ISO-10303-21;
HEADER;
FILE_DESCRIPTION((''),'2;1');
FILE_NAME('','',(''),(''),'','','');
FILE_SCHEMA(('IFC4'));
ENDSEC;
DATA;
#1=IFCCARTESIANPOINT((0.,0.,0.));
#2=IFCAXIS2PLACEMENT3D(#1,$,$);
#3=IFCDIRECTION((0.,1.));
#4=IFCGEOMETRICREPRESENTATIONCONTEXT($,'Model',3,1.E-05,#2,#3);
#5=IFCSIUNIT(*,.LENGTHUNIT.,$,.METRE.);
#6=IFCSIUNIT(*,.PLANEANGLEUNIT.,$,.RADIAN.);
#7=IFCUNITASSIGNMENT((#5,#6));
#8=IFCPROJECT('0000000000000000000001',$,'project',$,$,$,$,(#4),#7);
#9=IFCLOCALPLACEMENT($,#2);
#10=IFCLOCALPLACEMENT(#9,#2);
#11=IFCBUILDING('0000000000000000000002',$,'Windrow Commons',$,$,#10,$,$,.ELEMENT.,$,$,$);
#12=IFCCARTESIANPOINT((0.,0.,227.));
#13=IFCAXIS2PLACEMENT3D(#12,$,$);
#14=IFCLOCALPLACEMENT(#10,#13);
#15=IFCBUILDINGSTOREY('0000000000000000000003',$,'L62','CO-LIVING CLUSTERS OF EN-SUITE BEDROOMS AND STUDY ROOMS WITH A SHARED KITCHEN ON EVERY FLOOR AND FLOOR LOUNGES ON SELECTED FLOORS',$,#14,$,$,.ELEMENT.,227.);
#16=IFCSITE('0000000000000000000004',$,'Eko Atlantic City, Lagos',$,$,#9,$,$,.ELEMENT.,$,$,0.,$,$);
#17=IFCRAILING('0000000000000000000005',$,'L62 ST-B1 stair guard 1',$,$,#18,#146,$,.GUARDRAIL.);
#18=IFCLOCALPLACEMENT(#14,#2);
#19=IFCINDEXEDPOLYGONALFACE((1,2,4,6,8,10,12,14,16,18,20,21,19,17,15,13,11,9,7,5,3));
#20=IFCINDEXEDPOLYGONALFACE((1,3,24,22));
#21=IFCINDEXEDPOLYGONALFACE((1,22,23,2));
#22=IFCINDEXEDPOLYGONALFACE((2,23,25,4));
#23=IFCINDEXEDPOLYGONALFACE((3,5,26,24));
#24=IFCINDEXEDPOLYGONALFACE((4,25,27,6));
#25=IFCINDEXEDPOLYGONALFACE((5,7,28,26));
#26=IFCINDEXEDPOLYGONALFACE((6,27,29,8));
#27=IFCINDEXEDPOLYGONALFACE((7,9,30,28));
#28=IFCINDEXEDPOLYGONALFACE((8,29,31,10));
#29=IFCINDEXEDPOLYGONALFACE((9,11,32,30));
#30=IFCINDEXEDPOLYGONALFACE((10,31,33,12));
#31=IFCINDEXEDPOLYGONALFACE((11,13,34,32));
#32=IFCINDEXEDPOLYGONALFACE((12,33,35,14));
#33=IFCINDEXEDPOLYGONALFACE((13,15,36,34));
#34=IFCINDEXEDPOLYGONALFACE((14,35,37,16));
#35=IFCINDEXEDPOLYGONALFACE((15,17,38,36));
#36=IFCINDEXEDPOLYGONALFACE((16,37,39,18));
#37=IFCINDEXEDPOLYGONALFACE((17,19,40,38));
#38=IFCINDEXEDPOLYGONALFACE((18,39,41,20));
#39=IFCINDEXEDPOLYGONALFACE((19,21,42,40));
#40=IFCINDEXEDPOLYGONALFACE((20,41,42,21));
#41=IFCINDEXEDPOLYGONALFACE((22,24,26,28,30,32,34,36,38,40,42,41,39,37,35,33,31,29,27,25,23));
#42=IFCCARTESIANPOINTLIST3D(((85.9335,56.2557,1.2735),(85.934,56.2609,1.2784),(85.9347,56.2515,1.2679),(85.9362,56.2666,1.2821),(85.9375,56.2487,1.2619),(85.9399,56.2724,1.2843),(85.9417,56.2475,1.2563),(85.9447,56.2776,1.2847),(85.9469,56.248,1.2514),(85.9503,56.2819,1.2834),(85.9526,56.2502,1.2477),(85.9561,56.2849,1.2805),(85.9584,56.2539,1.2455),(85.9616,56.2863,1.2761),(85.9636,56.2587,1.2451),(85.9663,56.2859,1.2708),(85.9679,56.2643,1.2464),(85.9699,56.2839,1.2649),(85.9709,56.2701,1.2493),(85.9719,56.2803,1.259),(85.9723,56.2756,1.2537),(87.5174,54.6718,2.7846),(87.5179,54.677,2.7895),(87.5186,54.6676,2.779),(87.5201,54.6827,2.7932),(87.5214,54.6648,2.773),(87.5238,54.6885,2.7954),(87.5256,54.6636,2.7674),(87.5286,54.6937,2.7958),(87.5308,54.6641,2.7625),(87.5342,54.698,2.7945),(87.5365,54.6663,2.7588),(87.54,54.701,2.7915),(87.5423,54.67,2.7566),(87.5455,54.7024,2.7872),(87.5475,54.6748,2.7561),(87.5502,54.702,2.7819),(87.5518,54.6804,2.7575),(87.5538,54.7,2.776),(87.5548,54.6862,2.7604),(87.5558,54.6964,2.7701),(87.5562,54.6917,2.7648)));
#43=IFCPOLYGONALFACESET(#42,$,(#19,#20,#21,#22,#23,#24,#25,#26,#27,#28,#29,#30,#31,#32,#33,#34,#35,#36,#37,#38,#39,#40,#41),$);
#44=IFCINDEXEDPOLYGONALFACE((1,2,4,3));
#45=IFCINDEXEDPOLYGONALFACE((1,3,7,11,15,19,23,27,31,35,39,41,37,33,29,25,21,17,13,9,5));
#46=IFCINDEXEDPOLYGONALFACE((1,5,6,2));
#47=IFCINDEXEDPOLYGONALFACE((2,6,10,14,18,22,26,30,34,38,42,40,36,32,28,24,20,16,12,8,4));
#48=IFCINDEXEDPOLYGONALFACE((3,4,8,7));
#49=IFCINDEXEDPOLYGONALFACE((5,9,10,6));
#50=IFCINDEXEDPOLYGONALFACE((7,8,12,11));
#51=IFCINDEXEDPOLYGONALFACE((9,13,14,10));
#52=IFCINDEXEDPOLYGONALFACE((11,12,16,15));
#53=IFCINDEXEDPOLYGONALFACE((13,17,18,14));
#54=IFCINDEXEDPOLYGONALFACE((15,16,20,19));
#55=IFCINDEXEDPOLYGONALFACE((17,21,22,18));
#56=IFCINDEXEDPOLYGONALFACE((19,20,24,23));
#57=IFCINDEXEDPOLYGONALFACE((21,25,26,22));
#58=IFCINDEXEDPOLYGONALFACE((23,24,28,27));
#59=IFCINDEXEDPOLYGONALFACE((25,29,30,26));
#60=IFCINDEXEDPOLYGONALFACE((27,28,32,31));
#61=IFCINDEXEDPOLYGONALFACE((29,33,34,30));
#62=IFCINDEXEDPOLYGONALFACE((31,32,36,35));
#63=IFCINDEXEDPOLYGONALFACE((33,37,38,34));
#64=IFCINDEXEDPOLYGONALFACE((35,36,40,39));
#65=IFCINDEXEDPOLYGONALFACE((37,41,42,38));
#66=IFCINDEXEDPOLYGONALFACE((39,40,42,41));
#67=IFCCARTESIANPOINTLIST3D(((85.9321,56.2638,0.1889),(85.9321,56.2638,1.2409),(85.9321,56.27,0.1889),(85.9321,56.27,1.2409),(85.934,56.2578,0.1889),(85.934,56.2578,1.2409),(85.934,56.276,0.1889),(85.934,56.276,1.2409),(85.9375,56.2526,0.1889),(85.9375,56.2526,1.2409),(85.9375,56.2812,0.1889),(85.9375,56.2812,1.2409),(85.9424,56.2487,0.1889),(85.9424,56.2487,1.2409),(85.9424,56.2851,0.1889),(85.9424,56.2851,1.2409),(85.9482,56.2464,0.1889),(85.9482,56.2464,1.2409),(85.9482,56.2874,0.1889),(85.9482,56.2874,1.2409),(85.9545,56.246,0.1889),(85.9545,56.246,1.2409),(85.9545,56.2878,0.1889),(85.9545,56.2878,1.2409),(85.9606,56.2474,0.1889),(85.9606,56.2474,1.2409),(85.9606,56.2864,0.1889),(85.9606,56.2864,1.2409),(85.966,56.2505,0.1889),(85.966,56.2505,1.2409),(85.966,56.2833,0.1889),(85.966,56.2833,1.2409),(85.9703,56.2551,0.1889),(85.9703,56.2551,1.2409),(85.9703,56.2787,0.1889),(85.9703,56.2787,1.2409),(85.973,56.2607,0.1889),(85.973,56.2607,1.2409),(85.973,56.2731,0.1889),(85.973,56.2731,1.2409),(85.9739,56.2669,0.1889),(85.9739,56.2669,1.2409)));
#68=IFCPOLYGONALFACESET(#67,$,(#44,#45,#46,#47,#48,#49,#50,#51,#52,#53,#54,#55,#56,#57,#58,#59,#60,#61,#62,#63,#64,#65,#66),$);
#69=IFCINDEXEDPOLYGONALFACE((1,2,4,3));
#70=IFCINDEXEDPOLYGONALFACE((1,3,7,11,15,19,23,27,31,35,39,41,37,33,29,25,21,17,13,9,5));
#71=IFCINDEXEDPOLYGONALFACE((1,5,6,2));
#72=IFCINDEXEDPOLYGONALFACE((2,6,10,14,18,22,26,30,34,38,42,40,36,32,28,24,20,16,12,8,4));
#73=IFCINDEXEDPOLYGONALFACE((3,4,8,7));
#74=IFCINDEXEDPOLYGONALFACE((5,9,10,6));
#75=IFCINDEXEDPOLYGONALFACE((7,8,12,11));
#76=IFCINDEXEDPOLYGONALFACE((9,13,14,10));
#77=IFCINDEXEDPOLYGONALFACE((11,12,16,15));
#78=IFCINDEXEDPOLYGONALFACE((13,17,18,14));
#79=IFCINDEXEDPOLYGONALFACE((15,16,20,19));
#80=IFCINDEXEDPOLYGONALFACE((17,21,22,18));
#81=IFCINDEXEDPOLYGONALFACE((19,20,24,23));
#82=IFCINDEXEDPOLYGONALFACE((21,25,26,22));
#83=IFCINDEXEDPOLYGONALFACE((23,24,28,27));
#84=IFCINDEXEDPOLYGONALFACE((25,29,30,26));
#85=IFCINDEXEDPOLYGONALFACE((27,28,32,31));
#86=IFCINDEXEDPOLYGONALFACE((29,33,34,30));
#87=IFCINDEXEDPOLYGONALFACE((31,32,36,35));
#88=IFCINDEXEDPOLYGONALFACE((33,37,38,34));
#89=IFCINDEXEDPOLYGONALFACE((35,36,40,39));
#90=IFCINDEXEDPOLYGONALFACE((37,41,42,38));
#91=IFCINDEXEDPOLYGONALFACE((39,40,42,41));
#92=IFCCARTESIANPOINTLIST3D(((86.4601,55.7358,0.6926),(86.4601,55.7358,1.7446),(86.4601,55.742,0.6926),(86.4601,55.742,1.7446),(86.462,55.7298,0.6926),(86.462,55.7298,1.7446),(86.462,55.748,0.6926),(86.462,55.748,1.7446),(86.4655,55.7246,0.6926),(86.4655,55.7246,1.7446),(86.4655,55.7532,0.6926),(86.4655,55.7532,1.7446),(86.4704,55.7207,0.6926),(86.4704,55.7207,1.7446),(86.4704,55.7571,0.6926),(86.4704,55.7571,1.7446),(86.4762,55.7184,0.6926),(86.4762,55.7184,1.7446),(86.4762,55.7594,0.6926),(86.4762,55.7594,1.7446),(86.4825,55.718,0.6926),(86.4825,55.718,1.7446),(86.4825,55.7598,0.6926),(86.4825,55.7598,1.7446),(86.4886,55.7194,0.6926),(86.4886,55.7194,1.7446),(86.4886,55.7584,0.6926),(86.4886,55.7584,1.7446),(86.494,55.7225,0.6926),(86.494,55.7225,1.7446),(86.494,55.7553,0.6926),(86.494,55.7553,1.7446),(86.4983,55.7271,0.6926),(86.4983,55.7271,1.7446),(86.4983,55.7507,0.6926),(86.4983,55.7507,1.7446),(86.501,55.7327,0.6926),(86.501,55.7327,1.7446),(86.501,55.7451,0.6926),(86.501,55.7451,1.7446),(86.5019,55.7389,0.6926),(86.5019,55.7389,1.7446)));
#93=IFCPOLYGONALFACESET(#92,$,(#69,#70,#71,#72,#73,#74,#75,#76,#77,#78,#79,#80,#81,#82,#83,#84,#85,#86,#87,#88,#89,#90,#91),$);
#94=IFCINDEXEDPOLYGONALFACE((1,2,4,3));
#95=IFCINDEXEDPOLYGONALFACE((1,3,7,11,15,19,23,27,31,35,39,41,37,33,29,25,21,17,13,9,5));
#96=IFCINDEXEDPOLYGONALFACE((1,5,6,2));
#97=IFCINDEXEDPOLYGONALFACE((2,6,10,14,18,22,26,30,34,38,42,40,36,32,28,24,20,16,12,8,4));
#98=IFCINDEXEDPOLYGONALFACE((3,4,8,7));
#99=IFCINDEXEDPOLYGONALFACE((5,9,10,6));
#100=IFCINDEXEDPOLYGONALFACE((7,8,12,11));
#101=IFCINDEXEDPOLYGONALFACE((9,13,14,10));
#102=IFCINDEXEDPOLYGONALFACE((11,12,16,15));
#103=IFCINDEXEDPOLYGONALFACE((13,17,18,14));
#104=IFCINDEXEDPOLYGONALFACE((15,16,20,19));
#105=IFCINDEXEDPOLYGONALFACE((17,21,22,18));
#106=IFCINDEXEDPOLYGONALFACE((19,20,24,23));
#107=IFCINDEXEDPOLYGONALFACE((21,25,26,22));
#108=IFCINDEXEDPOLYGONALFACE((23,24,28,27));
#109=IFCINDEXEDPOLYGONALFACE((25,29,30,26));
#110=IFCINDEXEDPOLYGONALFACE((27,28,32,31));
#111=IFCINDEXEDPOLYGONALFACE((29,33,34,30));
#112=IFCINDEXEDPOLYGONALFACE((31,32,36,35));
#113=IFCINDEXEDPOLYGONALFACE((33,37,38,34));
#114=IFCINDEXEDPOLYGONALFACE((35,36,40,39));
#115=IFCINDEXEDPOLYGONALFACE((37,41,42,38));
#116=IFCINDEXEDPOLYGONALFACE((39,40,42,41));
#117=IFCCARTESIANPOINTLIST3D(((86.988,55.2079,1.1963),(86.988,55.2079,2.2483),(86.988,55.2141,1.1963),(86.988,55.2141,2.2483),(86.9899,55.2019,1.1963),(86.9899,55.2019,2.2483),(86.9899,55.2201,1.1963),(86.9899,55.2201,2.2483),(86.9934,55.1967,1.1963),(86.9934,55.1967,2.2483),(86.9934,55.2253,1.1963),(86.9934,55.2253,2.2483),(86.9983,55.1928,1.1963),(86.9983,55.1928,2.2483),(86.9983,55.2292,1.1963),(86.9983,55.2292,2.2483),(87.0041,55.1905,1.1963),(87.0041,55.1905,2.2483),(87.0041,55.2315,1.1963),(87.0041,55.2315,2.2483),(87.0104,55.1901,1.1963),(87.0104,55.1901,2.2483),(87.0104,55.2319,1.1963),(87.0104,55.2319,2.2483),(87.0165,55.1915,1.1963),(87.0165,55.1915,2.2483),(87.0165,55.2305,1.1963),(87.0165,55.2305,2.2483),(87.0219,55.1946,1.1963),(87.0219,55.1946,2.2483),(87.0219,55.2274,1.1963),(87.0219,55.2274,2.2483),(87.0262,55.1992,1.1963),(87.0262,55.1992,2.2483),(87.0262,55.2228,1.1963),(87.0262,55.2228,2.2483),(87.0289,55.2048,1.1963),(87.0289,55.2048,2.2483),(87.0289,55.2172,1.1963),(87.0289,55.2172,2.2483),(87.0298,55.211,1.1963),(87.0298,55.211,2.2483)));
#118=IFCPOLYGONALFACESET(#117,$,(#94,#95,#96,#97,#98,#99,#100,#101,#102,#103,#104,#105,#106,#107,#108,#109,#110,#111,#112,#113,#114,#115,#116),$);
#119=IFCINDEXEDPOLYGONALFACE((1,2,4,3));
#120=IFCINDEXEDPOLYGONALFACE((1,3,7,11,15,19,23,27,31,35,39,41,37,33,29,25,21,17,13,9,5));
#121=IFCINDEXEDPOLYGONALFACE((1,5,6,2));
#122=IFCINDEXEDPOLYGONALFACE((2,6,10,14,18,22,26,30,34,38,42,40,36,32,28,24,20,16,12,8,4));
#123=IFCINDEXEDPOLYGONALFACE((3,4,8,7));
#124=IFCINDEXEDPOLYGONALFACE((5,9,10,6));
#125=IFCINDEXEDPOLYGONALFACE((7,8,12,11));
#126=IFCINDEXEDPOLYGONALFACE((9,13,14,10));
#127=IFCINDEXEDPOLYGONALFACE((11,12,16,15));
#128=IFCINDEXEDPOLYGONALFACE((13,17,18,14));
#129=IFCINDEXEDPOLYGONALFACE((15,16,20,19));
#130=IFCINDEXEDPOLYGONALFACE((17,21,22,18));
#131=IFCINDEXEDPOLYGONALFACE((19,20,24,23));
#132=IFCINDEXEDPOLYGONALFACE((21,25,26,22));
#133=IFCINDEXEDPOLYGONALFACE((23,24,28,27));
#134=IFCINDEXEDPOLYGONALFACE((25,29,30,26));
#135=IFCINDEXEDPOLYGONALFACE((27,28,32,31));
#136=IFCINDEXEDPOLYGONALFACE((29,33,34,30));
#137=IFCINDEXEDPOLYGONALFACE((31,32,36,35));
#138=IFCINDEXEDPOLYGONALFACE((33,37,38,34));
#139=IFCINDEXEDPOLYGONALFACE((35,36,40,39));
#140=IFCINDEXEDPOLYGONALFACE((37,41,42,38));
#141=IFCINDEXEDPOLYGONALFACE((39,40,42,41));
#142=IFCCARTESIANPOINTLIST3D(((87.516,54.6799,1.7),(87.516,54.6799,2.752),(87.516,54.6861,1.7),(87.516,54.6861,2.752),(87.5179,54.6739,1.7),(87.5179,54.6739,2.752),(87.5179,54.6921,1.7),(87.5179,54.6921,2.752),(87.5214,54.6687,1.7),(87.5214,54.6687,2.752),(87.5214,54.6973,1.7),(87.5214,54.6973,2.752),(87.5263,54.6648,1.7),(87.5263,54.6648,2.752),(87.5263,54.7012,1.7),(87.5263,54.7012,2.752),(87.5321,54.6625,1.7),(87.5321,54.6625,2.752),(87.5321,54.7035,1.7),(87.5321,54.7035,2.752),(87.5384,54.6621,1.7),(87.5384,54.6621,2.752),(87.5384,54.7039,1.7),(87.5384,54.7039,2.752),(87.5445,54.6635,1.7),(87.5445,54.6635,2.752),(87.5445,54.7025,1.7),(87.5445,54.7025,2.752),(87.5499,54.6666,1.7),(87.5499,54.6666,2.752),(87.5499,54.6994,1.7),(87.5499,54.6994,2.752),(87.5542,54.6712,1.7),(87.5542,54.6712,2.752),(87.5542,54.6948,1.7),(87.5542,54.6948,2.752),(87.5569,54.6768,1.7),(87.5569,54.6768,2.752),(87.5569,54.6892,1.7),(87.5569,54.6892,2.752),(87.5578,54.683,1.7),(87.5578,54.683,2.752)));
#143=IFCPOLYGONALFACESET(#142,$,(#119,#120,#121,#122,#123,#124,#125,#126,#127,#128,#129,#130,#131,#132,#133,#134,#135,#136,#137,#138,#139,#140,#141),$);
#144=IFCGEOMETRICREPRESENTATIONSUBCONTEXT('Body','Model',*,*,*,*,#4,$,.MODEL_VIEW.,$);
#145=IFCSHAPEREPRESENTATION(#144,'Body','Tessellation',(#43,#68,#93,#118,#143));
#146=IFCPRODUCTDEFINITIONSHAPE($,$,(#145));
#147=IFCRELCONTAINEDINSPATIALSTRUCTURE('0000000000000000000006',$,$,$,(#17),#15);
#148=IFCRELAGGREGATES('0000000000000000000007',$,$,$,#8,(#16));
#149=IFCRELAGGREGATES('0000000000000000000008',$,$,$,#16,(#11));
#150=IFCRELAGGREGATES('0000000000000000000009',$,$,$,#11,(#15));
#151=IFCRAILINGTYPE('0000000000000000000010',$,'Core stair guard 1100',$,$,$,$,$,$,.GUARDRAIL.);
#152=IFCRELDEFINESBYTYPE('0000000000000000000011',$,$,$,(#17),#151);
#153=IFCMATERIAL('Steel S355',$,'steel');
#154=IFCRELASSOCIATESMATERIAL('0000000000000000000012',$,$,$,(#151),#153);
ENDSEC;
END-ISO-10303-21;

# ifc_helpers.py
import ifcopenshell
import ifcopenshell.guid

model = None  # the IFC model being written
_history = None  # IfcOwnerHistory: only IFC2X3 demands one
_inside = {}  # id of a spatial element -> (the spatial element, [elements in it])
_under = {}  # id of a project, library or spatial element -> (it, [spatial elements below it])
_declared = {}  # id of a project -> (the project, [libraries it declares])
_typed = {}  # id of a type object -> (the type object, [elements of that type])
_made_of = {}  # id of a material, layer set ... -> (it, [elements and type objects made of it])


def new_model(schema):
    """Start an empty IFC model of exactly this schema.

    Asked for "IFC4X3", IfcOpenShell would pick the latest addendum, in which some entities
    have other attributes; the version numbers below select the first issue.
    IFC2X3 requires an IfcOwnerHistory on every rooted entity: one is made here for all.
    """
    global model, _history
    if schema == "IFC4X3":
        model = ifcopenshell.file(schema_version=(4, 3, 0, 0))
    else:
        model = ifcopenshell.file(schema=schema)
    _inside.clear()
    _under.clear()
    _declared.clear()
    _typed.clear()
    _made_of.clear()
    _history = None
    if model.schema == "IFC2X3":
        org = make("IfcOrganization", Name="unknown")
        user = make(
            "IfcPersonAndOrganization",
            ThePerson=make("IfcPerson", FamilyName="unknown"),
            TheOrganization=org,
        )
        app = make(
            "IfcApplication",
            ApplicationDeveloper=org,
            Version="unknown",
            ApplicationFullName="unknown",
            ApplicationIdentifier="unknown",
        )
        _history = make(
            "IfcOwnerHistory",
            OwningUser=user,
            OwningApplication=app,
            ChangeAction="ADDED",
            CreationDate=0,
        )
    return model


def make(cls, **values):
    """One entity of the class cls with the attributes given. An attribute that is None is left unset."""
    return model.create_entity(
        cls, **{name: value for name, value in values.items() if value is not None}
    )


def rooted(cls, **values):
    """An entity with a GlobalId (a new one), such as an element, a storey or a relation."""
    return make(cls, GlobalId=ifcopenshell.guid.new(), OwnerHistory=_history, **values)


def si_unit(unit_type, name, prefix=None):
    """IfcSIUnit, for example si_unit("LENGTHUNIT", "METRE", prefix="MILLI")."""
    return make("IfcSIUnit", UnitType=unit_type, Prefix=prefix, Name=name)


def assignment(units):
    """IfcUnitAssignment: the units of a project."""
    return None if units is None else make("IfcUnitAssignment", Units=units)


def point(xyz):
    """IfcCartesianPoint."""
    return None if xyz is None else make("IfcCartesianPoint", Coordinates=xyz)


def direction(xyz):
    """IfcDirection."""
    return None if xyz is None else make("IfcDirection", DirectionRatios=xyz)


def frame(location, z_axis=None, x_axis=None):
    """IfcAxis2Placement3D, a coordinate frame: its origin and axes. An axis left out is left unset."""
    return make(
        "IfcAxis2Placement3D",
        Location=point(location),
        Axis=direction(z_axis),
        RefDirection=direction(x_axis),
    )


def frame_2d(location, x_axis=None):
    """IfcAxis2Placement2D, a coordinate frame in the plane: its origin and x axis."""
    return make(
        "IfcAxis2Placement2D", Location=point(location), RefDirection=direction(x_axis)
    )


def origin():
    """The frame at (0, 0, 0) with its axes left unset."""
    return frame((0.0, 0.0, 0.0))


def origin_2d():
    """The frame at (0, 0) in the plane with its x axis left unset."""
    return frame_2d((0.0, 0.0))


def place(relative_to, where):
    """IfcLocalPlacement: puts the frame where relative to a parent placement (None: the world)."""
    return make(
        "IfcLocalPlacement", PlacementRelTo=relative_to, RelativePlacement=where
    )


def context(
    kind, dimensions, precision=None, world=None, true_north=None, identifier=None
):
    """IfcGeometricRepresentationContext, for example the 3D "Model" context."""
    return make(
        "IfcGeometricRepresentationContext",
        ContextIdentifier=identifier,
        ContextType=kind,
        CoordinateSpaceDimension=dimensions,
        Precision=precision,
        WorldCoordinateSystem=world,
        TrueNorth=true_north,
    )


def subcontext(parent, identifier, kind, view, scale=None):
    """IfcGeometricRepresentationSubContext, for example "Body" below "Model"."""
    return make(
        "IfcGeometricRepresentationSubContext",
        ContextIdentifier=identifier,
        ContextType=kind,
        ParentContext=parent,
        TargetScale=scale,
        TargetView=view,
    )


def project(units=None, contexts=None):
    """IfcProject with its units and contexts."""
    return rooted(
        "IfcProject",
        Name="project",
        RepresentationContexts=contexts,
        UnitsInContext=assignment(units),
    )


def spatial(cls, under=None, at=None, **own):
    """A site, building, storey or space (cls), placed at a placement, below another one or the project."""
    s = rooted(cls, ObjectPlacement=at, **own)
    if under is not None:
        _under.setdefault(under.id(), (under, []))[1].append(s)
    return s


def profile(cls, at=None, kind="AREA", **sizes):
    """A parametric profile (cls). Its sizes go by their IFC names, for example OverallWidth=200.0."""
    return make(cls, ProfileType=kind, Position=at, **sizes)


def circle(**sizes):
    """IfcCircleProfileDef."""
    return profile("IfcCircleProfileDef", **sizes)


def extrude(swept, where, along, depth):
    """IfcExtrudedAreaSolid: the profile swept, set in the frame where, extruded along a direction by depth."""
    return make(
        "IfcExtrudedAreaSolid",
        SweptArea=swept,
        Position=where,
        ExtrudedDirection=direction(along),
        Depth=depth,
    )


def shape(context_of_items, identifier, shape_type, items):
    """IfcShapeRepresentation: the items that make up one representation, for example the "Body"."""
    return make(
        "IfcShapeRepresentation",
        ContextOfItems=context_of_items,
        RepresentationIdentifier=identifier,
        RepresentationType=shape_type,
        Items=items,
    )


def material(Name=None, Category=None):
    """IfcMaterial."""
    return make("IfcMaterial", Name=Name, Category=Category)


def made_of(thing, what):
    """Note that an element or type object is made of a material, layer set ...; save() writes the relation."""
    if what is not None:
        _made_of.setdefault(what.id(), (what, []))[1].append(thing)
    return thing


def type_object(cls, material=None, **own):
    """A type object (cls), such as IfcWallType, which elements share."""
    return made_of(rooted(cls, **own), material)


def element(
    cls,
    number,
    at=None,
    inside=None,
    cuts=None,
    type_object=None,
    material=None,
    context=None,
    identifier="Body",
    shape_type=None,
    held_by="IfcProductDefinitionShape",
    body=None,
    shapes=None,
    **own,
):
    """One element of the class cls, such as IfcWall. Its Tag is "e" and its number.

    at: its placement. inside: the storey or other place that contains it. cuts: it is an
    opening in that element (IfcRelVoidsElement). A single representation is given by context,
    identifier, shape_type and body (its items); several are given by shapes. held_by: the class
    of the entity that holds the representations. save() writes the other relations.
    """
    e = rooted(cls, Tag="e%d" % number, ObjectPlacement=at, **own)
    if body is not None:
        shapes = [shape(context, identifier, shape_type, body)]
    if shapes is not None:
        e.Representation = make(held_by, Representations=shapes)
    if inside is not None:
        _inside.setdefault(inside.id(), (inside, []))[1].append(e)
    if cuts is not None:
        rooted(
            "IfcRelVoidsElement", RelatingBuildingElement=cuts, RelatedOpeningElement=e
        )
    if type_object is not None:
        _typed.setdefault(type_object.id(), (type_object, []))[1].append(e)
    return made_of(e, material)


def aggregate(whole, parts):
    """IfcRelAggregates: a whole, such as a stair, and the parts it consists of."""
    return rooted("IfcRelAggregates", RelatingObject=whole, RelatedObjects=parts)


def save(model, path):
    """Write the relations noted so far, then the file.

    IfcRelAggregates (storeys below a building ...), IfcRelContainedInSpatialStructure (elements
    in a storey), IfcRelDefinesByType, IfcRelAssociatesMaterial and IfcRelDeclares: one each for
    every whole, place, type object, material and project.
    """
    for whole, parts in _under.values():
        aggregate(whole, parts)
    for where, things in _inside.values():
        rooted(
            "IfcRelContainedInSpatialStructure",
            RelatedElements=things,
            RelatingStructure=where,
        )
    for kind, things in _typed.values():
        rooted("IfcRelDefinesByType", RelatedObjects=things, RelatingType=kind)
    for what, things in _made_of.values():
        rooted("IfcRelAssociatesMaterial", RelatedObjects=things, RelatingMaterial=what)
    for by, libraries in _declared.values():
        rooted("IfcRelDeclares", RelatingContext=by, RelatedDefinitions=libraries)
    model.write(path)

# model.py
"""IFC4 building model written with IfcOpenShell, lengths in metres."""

from ifc_helpers import new_model, si_unit, direction, frame, origin, origin_2d, place, context, subcontext, project, spatial, circle, extrude, material, type_object, element, save


model = new_model("IFC4")

# Units and contexts
model_context = context("Model", 3, precision=1e-05, world=origin(), true_north=direction((0.0, 1.0)))
body_context = subcontext(model_context, "Body", "Model", "MODEL_VIEW")
ifc_project = project(units=[si_unit("LENGTHUNIT", "METRE"), si_unit("PLANEANGLEUNIT", "RADIAN")], contexts=[model_context])

# Site, building, storey
site_placement = place(None, origin())
site = spatial("IfcSite", under=ifc_project, at=site_placement, Name="Eko Atlantic City, Lagos", CompositionType="ELEMENT", RefElevation=0.0)
building_placement = place(site_placement, origin())
building = spatial("IfcBuilding", under=site, at=building_placement, Name="Windrow Commons", CompositionType="ELEMENT")
storey_placement = place(building_placement, frame((0.0, 0.0, 227.0)))
storey = spatial("IfcBuildingStorey", under=building, at=storey_placement, Name="L62", Description="CO-LIVING CLUSTERS OF EN-SUITE BEDROOMS AND STUDY ROOMS WITH A SHARED KITCHEN ON EVERY FLOOR AND FLOOR LOUNGES ON SELECTED FLOORS", CompositionType="ELEMENT", Elevation=227.0)

# Railing
ifc_material_1 = material(Name="Steel S355", Category="steel")
railing_type_1 = type_object("IfcRailingType", Name="Core stair guard 1100", PredefinedType="GUARDRAIL", material=ifc_material_1)
railing_1_placement = place(storey_placement, frame((85.9529, 56.2669, 0.1889)))
element("IfcRailing", 1, at=railing_1_placement, inside=storey, type_object=railing_type_1, Name="L62 ST-B1 stair guard 1", PredefinedType="GUARDRAIL", context=body_context, shape_type="SweptSolid", body=[
    extrude(circle(Radius=0.024, at=origin_2d()), frame((0.0, 0.0, 1.076), z_axis=(0.586191, -0.586191, 0.559249), x_axis=(0.707107, 0.707107, 0.0)), (0.0, 0.0, 1.0), 2.702),
    extrude(circle(Radius=0.021, at=origin_2d()), origin(), (0.0, 0.0, 1.0), 1.052),
    extrude(circle(Radius=0.021, at=origin_2d()), frame((0.528, -0.528, 0.5037)), (0.0, 0.0, 1.0), 1.052),
    extrude(circle(Radius=0.021, at=origin_2d()), frame((1.0559, -1.0559, 1.0074)), (0.0, 0.0, 1.0), 1.052),
    extrude(circle(Radius=0.021, at=origin_2d()), frame((1.5839, -1.5839, 1.5111)), (0.0, 0.0, 1.0), 1.052),
])

save(model, "model.ifc")
